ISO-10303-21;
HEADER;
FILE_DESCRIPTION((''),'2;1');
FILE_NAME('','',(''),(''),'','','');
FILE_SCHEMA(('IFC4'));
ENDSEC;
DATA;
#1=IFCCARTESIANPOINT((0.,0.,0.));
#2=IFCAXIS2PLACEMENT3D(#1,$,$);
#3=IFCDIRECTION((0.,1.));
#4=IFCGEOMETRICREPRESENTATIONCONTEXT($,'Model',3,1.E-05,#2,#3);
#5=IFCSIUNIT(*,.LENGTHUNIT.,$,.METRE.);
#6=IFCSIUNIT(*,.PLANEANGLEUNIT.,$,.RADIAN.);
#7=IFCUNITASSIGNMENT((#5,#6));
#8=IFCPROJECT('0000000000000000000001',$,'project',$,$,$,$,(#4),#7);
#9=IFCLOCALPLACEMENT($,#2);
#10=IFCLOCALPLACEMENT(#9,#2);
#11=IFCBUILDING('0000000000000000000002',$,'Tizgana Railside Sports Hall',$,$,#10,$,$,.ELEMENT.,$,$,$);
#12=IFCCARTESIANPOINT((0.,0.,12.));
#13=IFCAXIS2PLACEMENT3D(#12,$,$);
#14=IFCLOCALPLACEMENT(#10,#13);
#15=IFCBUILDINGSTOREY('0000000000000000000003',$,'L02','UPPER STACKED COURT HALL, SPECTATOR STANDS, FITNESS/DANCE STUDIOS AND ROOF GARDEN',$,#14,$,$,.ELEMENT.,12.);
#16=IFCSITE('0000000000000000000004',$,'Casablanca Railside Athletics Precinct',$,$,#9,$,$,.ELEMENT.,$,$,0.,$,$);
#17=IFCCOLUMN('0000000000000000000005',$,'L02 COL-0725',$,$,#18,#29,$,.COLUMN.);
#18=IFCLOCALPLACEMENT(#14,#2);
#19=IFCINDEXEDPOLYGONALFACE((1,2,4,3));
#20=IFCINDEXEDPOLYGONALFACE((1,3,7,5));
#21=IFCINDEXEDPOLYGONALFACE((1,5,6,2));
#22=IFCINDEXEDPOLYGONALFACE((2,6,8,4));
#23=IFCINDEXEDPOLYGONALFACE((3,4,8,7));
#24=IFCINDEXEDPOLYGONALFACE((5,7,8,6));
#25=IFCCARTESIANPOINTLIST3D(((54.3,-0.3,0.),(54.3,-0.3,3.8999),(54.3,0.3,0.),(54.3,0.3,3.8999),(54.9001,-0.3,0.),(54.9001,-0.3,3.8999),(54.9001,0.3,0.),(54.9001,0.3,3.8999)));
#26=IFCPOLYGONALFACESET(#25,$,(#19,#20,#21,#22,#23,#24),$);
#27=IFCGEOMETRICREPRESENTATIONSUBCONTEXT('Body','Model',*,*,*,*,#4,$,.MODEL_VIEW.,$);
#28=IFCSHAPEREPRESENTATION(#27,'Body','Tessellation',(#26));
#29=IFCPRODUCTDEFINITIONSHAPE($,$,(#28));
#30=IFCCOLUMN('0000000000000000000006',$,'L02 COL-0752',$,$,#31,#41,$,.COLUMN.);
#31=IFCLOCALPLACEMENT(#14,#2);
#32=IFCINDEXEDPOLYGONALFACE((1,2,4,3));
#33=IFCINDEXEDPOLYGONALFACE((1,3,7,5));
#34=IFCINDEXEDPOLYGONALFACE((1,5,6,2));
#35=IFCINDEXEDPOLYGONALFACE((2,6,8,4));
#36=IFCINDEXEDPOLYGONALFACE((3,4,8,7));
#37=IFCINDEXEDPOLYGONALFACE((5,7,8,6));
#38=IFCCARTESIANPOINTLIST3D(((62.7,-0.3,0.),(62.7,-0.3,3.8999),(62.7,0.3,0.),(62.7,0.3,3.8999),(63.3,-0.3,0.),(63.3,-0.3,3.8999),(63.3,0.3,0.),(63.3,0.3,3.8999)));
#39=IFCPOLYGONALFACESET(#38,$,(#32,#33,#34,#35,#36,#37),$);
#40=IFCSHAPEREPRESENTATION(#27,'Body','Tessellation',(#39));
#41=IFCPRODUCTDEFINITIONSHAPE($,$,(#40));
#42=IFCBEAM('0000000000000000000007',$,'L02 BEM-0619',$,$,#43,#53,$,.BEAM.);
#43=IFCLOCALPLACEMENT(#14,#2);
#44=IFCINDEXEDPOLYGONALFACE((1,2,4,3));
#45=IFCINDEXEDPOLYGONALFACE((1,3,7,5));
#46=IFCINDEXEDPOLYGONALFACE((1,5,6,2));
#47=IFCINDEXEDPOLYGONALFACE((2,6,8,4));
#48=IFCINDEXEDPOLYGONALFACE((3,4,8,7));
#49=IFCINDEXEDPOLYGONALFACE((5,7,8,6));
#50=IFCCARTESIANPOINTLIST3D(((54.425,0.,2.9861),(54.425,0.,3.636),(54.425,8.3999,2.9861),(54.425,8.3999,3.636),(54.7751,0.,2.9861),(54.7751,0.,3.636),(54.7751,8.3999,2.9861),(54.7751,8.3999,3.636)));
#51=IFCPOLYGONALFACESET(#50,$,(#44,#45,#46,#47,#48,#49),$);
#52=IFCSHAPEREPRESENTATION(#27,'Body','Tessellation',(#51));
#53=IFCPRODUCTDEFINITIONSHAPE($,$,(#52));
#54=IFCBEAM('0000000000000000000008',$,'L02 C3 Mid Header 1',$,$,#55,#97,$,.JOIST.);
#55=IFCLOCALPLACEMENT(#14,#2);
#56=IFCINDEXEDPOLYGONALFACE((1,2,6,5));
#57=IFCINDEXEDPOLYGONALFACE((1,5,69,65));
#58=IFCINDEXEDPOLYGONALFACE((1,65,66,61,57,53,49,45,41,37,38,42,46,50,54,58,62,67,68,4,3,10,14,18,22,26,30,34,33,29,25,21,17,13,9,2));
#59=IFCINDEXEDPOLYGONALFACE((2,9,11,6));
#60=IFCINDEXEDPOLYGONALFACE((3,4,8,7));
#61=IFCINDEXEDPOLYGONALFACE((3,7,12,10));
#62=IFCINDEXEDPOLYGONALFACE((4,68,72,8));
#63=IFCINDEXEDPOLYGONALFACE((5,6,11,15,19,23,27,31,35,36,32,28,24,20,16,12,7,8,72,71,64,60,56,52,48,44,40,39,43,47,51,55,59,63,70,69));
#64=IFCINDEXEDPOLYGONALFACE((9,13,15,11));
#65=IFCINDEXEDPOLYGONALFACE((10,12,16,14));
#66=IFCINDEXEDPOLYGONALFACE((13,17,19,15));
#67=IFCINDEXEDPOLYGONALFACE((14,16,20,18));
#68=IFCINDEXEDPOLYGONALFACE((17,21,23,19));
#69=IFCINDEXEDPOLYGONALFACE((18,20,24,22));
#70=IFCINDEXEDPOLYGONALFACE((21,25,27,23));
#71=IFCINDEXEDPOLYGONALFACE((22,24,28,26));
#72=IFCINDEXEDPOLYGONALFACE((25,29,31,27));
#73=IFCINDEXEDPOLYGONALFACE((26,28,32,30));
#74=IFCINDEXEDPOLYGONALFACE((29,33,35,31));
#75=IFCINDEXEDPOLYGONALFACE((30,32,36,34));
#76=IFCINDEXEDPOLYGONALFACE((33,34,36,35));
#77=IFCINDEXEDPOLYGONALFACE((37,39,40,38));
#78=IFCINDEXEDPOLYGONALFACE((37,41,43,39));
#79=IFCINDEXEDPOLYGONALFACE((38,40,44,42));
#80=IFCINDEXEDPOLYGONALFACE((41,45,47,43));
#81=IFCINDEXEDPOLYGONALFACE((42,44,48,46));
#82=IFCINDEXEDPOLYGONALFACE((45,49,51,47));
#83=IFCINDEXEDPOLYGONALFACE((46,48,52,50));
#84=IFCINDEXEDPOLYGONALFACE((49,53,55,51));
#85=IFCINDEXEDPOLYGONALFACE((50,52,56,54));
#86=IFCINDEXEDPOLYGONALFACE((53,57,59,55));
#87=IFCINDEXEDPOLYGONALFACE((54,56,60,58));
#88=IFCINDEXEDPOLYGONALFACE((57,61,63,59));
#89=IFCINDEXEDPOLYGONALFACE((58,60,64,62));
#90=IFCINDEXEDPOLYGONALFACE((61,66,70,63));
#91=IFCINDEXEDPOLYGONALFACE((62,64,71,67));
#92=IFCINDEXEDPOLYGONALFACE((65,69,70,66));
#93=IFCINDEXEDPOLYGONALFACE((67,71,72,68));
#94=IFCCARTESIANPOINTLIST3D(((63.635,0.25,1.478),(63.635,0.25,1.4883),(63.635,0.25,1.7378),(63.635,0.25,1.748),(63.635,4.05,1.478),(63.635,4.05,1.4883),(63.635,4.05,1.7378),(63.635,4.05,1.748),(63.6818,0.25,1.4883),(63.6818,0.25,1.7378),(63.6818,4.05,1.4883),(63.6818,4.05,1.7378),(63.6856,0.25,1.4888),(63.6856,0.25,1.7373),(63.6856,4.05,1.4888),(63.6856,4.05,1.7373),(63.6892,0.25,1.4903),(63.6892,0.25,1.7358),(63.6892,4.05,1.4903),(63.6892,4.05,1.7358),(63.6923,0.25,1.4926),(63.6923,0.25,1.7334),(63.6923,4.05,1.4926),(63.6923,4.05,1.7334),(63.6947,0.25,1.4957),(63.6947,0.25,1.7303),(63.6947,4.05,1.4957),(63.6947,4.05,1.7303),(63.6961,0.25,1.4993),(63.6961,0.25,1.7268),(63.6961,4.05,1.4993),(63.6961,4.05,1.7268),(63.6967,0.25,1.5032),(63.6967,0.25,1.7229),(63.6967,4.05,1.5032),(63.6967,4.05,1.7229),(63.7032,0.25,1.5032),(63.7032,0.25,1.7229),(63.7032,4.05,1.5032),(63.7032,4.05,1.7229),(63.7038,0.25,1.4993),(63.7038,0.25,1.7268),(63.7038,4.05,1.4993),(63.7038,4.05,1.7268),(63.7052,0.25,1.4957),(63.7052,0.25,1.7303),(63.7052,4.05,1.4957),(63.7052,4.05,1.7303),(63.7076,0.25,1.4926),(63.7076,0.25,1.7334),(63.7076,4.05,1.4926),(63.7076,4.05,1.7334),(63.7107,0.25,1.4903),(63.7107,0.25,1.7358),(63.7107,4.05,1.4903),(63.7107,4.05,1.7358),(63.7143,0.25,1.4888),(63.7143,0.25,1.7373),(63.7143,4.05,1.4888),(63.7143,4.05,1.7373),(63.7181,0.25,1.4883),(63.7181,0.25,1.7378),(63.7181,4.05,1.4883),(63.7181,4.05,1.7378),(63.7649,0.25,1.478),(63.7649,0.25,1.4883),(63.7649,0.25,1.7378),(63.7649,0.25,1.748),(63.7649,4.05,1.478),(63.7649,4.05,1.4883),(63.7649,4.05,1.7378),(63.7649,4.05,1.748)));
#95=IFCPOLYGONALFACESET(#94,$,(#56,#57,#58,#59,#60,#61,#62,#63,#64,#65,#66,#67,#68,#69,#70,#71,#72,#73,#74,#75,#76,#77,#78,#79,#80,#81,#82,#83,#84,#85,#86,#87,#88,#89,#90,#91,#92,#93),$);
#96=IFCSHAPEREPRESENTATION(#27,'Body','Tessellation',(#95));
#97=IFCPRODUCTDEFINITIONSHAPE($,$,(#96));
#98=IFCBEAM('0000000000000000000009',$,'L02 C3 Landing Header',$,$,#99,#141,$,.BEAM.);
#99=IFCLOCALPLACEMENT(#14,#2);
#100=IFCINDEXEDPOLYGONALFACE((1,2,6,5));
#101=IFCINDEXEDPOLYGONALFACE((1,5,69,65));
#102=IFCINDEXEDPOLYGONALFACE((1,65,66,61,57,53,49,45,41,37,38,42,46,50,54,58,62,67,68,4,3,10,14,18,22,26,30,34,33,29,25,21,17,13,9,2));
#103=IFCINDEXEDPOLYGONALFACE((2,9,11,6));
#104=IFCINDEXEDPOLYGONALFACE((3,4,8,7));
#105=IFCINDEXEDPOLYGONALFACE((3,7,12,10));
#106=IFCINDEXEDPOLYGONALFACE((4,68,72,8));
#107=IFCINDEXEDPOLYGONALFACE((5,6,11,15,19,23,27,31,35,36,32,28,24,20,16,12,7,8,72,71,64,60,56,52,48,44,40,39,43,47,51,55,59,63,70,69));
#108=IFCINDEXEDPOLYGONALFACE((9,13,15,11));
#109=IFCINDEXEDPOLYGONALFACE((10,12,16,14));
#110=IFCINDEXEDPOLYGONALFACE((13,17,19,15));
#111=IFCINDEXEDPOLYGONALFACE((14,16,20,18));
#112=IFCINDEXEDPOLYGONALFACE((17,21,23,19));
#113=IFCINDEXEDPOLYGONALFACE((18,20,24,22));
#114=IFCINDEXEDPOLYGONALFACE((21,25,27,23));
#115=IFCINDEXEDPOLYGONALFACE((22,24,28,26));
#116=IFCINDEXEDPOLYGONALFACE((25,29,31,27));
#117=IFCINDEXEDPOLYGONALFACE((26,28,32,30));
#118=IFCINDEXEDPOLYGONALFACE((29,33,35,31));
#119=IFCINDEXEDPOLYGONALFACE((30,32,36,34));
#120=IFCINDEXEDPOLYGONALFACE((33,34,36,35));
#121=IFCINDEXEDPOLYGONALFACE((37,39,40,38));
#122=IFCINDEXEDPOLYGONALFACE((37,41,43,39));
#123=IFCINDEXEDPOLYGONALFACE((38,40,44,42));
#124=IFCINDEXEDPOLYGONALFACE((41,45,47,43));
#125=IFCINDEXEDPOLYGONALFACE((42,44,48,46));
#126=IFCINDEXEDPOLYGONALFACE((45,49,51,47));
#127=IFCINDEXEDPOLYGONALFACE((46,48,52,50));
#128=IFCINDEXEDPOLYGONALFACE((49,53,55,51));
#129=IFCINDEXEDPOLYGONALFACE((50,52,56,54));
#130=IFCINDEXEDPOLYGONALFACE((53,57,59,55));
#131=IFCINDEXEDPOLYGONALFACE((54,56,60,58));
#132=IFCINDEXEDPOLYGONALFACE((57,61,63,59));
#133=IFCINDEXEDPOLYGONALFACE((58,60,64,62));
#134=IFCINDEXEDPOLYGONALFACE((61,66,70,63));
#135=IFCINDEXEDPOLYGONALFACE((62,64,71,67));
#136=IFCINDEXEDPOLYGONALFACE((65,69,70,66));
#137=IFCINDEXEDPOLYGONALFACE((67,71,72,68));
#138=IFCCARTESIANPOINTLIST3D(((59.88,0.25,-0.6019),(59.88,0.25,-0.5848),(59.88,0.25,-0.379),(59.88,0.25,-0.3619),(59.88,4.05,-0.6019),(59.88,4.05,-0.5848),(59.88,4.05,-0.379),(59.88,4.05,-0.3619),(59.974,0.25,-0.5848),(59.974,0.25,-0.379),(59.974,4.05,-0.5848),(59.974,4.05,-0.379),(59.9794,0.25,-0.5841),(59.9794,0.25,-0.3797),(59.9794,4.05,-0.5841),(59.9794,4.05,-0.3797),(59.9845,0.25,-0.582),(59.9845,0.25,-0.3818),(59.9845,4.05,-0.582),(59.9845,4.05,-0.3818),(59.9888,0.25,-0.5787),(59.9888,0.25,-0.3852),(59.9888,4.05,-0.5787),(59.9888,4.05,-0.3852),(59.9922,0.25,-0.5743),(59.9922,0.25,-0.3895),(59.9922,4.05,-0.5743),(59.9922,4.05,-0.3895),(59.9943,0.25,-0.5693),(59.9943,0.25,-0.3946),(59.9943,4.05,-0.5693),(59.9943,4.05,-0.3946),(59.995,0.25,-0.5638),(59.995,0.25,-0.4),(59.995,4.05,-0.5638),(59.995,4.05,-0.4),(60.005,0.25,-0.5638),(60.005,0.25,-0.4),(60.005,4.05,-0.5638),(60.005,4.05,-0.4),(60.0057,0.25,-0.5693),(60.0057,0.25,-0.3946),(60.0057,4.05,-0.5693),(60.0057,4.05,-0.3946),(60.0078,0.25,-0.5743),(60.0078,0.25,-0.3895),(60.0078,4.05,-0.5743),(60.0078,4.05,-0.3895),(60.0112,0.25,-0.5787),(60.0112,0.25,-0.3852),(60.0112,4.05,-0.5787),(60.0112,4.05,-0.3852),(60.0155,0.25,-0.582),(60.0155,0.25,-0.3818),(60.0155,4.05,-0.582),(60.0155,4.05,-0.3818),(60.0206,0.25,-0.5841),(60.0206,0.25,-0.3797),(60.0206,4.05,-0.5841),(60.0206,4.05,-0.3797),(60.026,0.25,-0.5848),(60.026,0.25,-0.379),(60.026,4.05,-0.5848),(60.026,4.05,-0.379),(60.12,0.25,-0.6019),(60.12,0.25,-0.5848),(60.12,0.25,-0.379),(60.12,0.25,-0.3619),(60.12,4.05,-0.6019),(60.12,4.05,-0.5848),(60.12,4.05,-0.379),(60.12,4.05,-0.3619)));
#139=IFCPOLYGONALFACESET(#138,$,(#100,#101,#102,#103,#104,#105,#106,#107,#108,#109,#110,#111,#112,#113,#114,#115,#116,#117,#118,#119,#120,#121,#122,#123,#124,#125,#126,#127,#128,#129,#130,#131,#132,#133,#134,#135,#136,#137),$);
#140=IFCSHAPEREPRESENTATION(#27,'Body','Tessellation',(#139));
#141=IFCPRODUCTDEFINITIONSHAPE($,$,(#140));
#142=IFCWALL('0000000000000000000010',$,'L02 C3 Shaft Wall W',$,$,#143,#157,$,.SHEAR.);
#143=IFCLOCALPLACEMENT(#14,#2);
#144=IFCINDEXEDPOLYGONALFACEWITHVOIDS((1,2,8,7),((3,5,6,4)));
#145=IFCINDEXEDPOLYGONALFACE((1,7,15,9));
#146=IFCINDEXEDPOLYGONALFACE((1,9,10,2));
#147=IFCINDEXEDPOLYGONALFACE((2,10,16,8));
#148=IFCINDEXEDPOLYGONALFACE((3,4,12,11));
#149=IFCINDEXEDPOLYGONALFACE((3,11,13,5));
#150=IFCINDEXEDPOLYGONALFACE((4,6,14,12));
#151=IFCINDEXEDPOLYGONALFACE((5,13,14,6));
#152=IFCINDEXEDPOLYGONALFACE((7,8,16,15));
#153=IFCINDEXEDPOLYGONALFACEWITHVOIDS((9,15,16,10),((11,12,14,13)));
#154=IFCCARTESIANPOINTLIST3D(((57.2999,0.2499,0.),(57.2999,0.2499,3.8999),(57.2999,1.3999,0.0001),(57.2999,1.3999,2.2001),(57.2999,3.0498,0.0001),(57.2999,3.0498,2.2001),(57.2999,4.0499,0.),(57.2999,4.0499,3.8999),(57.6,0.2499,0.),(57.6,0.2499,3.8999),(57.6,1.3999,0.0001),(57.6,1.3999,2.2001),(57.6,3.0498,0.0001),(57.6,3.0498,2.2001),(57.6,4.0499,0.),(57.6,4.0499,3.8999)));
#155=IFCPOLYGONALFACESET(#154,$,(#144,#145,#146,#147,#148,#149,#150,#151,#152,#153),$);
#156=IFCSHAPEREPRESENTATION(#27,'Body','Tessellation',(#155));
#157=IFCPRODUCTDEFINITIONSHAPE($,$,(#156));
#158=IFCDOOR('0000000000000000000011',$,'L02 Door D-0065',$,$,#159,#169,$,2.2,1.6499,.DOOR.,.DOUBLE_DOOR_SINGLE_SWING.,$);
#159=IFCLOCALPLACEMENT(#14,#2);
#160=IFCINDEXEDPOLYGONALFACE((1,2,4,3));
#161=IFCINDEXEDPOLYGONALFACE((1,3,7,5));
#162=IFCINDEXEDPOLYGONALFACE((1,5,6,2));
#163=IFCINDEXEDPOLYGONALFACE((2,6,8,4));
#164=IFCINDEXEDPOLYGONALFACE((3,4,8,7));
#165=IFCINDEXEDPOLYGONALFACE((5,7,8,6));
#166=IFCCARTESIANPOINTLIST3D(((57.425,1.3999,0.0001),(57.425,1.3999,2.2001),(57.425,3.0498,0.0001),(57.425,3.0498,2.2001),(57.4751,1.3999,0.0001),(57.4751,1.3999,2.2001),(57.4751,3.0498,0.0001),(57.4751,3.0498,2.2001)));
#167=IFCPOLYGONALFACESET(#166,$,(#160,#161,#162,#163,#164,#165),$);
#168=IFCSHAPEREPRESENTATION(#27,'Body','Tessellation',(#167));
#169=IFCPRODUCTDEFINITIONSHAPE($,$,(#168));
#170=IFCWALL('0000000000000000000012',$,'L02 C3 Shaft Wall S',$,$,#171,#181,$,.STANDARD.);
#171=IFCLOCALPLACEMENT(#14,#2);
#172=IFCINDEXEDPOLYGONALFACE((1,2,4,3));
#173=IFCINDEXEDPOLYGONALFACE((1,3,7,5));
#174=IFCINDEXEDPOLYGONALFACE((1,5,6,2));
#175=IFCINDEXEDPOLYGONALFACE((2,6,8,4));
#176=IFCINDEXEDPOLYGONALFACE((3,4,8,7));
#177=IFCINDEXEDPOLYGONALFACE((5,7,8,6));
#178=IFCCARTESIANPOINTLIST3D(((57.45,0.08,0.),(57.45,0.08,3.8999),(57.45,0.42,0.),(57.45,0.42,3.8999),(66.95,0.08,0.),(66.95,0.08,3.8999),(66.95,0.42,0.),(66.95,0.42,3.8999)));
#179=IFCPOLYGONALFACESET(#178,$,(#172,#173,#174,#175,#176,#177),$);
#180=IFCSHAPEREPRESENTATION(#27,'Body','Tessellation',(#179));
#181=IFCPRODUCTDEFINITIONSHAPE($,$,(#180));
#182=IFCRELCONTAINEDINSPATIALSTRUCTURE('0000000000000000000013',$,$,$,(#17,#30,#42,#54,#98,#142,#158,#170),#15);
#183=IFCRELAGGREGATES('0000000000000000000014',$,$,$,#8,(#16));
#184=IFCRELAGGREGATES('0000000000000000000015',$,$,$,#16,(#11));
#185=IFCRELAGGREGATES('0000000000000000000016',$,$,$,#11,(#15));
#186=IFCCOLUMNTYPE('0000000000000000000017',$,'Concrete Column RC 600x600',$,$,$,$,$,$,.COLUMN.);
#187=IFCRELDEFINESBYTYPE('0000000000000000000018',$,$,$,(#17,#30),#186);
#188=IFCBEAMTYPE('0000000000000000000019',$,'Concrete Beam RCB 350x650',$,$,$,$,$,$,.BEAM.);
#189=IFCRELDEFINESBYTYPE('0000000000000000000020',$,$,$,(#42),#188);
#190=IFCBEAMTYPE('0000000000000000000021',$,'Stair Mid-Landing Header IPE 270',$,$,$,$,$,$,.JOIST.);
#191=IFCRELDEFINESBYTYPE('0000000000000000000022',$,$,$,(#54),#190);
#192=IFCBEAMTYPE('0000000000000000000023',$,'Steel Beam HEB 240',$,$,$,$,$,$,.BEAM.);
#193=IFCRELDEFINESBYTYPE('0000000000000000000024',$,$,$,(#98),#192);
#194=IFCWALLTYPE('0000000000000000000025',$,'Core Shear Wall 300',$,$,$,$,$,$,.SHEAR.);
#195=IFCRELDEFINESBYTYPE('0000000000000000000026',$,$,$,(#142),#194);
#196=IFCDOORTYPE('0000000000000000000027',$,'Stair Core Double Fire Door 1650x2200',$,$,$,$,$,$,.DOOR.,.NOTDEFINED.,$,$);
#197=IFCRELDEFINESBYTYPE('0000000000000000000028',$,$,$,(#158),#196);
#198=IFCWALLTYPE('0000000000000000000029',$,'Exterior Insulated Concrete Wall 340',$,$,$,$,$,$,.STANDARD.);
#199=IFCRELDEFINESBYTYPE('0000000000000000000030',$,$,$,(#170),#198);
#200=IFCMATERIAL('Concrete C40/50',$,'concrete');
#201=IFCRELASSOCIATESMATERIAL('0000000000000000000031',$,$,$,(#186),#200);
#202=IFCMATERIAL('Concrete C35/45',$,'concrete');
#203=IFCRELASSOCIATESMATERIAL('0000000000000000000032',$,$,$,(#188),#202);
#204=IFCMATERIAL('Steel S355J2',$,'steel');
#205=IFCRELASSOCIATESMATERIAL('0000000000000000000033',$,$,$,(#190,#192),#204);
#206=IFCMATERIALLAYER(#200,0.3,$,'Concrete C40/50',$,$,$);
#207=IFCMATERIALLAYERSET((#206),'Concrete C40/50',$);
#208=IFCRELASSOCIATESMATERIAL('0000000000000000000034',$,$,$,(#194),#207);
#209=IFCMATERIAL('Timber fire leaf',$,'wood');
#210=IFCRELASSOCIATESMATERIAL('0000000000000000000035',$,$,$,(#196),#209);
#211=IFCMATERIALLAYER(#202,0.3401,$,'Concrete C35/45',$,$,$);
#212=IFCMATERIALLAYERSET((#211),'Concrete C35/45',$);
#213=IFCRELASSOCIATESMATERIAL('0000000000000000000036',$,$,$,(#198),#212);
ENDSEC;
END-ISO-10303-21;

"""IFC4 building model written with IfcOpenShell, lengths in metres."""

from ifc_helpers import new_model, si_unit, direction, frame, frame_2d, origin, origin_2d, place, context, subcontext, project, spatial, rectangle, i_section, extrude, material, layer, layer_set, material_profile, profile_set, type_object, element, fill, save


model = new_model("IFC4")

# Units and contexts
model_context = context("Model", 3, precision=1e-05, world=origin(), true_north=direction((0.0, 1.0)))
body_context = subcontext(model_context, "Body", "Model", "MODEL_VIEW")
ifc_project = project(units=[si_unit("LENGTHUNIT", "METRE"), si_unit("PLANEANGLEUNIT", "RADIAN")], contexts=[model_context])

# Site, building, storey
site_placement = place(None, origin())
site = spatial("IfcSite", under=ifc_project, at=site_placement, Name="Casablanca Railside Athletics Precinct", CompositionType="ELEMENT", RefElevation=0.0)
building_placement = place(site_placement, origin())
building = spatial("IfcBuilding", under=site, at=building_placement, Name="Tizgana Railside Sports Hall", CompositionType="ELEMENT")
storey_placement = place(building_placement, frame((0.0, 0.0, 12.0)))
storey = spatial("IfcBuildingStorey", under=building, at=storey_placement, Name="L02", Description="UPPER STACKED COURT HALL, SPECTATOR STANDS, FITNESS/DANCE STUDIOS AND ROOF GARDEN", CompositionType="ELEMENT", Elevation=12.0)

# Columns
ifc_material_1 = material(Name="Concrete C40/50", Category="concrete")
ifc_material_profile_1 = material_profile(ifc_material_1, rectangle(XDim=0.6001, YDim=0.6001, at=origin_2d()), Name="RC 600x600")
ifc_profile_set_1 = profile_set([ifc_material_profile_1], Name="Concrete C40/50")
column_type = type_object("IfcColumnType", Name="Concrete Column RC 600x600", PredefinedType="COLUMN", material=ifc_profile_set_1)
for number, where, z_axis, x_axis, name in (
    (1, (54.6001, 0.0, 0.0), (0.0, 0.0, 1.0), (1.0, 0.0, 0.0), "L02 COL-0725"),
    (2, (63.0, 0.0, 0.0), (0.0, 0.0, 1.0), (1.0, 0.0, 0.0), "L02 COL-0752"),
):
    element("IfcColumn", number, at=place(storey_placement, frame(where, z_axis=z_axis, x_axis=x_axis)), inside=storey, type_object=column_type, Name=name, PredefinedType="COLUMN", context=body_context, shape_type="SweptSolid", body=[
        extrude(rectangle(XDim=0.6001, YDim=0.6001, at=origin_2d()), origin(), (0.0, 0.0, 1.0), 3.8999),
    ])

# Beams
ifc_material_2 = material(Name="Concrete C35/45", Category="concrete")
ifc_material_profile_2 = material_profile(ifc_material_2, rectangle(XDim=0.3501, YDim=0.6499, at=origin_2d()), Name="RCB 350x650")
ifc_profile_set_2 = profile_set([ifc_material_profile_2], Name="Concrete C35/45")
beam_type_1 = type_object("IfcBeamType", Name="Concrete Beam RCB 350x650", PredefinedType="BEAM", material=ifc_profile_set_2)
beam_1_placement = place(storey_placement, frame((54.6001, 0.0, 3.311), z_axis=(0.0, 1.0, 0.0), x_axis=(-1.0, 0.0, 0.0)))
element("IfcBeam", 3, at=beam_1_placement, inside=storey, type_object=beam_type_1, Name="L02 BEM-0619", PredefinedType="BEAM", context=body_context, shape_type="SweptSolid", body=[
    extrude(rectangle(XDim=0.3501, YDim=0.6499, at=origin_2d()), origin(), (0.0, 0.0, 1.0), 8.3999),
])
ifc_material_3 = material(Name="Steel S355J2", Category="steel")
ifc_material_profile_3 = material_profile(ifc_material_3, i_section(OverallWidth=0.1299, OverallDepth=0.27, WebThickness=0.0066, FlangeThickness=0.0103, FilletRadius=0.0149, at=origin_2d()), Name="IPE 270")
ifc_profile_set_3 = profile_set([ifc_material_profile_3], Name="Steel S355J2")
beam_type_2 = type_object("IfcBeamType", Name="Stair Mid-Landing Header IPE 270", PredefinedType="JOIST", material=ifc_profile_set_3)
beam_2_placement = place(storey_placement, frame((63.7, 0.25, 1.613), z_axis=(0.0, 1.0, 0.0), x_axis=(-1.0, 0.0, 0.0)))
element("IfcBeam", 4, at=beam_2_placement, inside=storey, type_object=beam_type_2, Name="L02 C3 Mid Header 1", PredefinedType="JOIST", context=body_context, shape_type="SweptSolid", body=[
    extrude(i_section(OverallWidth=0.1299, OverallDepth=0.27, WebThickness=0.0066, FlangeThickness=0.0103, FilletRadius=0.0149, at=origin_2d()), origin(), (0.0, 0.0, 1.0), 3.8),
])
ifc_material_profile_4 = material_profile(ifc_material_3, i_section(OverallWidth=0.24, OverallDepth=0.24, WebThickness=0.01, FlangeThickness=0.0171, FilletRadius=0.021, at=origin_2d()), Name="HEB 240")
ifc_profile_set_4 = profile_set([ifc_material_profile_4], Name="Steel S355J2")
beam_type_3 = type_object("IfcBeamType", Name="Steel Beam HEB 240", PredefinedType="BEAM", material=ifc_profile_set_4)
beam_3_placement = place(storey_placement, frame((60.0, 0.25, -0.4819), z_axis=(0.0, 1.0, 0.0), x_axis=(-1.0, 0.0, 0.0)))
element("IfcBeam", 5, at=beam_3_placement, inside=storey, type_object=beam_type_3, Name="L02 C3 Landing Header", PredefinedType="BEAM", context=body_context, shape_type="SweptSolid", body=[
    extrude(i_section(OverallWidth=0.24, OverallDepth=0.24, WebThickness=0.01, FlangeThickness=0.0171, FilletRadius=0.021, at=origin_2d()), origin(), (0.0, 0.0, 1.0), 3.8),
])

# Wall, opening, door
ifc_layer_1 = layer(ifc_material_1, 0.3, Name="Concrete C40/50")
ifc_layer_set_1 = layer_set([ifc_layer_1], Name="Concrete C40/50")
wall_type_1 = type_object("IfcWallType", Name="Core Shear Wall 300", PredefinedType="SHEAR", material=ifc_layer_set_1)
wall_1_placement = place(storey_placement, frame((57.45, 0.25, 0.0), z_axis=(0.0, 0.0, 1.0), x_axis=(0.0, 1.0, 0.0)))
wall_1 = element("IfcWall", 6, at=wall_1_placement, inside=storey, type_object=wall_type_1, Name="L02 C3 Shaft Wall W", PredefinedType="SHEAR", context=body_context, shape_type="SweptSolid", body=[
    extrude(rectangle(XDim=3.8, YDim=0.3, at=frame_2d((1.8999, 0.0))), origin(), (0.0, 0.0, 1.0), 3.8999),
])
opening_1_placement = place(wall_1_placement, frame((1.1499, 0.0, 0.0)))
opening_1 = element("IfcOpeningElement", 7, at=opening_1_placement, cuts=wall_1, PredefinedType="OPENING", context=body_context, shape_type="SweptSolid", body=[
    extrude(rectangle(XDim=1.6499, YDim=2.2, at=frame_2d((0.825, 1.1001))), frame((0.0, 0.1599, 0.0), z_axis=(0.0, -1.0, 0.0), x_axis=(1.0, 0.0, 0.0)), (0.0, 0.0, 1.0), 0.3201),
])
ifc_material_4 = material(Name="Timber fire leaf", Category="wood")
door_type = type_object("IfcDoorType", Name="Stair Core Double Fire Door 1650x2200", OperationType="NOTDEFINED", PredefinedType="DOOR", material=ifc_material_4)
door_placement = place(opening_1_placement, origin())
door = element("IfcDoor", 8, at=door_placement, inside=storey, type_object=door_type, Name="L02 Door D-0065", OperationType="DOUBLE_DOOR_SINGLE_SWING", OverallHeight=2.2, OverallWidth=1.6499, PredefinedType="DOOR", context=body_context, shape_type="SweptSolid", body=[
    extrude(rectangle(XDim=1.6499, YDim=2.2, at=frame_2d((0.825, 1.1001))), frame((0.0, 0.0249, 0.0), z_axis=(0.0, -1.0, 0.0), x_axis=(1.0, 0.0, 0.0)), (0.0, 0.0, 1.0), 0.05),
])
fill(opening_1, door)

# Wall
ifc_layer_2 = layer(ifc_material_2, 0.3401, Name="Concrete C35/45")
ifc_layer_set_2 = layer_set([ifc_layer_2], Name="Concrete C35/45")
wall_type_2 = type_object("IfcWallType", Name="Exterior Insulated Concrete Wall 340", PredefinedType="STANDARD", material=ifc_layer_set_2)
wall_2_placement = place(storey_placement, frame((66.95, 0.25, 0.0), z_axis=(0.0, 0.0, 1.0), x_axis=(-1.0, 0.0, 0.0)))
element("IfcWall", 9, at=wall_2_placement, inside=storey, type_object=wall_type_2, Name="L02 C3 Shaft Wall S", PredefinedType="STANDARD", context=body_context, shape_type="SweptSolid", body=[
    extrude(rectangle(XDim=9.5, YDim=0.3401, at=frame_2d((4.75, 0.0))), origin(), (0.0, 0.0, 1.0), 3.8999),
])

save(model, "model.ifc")
